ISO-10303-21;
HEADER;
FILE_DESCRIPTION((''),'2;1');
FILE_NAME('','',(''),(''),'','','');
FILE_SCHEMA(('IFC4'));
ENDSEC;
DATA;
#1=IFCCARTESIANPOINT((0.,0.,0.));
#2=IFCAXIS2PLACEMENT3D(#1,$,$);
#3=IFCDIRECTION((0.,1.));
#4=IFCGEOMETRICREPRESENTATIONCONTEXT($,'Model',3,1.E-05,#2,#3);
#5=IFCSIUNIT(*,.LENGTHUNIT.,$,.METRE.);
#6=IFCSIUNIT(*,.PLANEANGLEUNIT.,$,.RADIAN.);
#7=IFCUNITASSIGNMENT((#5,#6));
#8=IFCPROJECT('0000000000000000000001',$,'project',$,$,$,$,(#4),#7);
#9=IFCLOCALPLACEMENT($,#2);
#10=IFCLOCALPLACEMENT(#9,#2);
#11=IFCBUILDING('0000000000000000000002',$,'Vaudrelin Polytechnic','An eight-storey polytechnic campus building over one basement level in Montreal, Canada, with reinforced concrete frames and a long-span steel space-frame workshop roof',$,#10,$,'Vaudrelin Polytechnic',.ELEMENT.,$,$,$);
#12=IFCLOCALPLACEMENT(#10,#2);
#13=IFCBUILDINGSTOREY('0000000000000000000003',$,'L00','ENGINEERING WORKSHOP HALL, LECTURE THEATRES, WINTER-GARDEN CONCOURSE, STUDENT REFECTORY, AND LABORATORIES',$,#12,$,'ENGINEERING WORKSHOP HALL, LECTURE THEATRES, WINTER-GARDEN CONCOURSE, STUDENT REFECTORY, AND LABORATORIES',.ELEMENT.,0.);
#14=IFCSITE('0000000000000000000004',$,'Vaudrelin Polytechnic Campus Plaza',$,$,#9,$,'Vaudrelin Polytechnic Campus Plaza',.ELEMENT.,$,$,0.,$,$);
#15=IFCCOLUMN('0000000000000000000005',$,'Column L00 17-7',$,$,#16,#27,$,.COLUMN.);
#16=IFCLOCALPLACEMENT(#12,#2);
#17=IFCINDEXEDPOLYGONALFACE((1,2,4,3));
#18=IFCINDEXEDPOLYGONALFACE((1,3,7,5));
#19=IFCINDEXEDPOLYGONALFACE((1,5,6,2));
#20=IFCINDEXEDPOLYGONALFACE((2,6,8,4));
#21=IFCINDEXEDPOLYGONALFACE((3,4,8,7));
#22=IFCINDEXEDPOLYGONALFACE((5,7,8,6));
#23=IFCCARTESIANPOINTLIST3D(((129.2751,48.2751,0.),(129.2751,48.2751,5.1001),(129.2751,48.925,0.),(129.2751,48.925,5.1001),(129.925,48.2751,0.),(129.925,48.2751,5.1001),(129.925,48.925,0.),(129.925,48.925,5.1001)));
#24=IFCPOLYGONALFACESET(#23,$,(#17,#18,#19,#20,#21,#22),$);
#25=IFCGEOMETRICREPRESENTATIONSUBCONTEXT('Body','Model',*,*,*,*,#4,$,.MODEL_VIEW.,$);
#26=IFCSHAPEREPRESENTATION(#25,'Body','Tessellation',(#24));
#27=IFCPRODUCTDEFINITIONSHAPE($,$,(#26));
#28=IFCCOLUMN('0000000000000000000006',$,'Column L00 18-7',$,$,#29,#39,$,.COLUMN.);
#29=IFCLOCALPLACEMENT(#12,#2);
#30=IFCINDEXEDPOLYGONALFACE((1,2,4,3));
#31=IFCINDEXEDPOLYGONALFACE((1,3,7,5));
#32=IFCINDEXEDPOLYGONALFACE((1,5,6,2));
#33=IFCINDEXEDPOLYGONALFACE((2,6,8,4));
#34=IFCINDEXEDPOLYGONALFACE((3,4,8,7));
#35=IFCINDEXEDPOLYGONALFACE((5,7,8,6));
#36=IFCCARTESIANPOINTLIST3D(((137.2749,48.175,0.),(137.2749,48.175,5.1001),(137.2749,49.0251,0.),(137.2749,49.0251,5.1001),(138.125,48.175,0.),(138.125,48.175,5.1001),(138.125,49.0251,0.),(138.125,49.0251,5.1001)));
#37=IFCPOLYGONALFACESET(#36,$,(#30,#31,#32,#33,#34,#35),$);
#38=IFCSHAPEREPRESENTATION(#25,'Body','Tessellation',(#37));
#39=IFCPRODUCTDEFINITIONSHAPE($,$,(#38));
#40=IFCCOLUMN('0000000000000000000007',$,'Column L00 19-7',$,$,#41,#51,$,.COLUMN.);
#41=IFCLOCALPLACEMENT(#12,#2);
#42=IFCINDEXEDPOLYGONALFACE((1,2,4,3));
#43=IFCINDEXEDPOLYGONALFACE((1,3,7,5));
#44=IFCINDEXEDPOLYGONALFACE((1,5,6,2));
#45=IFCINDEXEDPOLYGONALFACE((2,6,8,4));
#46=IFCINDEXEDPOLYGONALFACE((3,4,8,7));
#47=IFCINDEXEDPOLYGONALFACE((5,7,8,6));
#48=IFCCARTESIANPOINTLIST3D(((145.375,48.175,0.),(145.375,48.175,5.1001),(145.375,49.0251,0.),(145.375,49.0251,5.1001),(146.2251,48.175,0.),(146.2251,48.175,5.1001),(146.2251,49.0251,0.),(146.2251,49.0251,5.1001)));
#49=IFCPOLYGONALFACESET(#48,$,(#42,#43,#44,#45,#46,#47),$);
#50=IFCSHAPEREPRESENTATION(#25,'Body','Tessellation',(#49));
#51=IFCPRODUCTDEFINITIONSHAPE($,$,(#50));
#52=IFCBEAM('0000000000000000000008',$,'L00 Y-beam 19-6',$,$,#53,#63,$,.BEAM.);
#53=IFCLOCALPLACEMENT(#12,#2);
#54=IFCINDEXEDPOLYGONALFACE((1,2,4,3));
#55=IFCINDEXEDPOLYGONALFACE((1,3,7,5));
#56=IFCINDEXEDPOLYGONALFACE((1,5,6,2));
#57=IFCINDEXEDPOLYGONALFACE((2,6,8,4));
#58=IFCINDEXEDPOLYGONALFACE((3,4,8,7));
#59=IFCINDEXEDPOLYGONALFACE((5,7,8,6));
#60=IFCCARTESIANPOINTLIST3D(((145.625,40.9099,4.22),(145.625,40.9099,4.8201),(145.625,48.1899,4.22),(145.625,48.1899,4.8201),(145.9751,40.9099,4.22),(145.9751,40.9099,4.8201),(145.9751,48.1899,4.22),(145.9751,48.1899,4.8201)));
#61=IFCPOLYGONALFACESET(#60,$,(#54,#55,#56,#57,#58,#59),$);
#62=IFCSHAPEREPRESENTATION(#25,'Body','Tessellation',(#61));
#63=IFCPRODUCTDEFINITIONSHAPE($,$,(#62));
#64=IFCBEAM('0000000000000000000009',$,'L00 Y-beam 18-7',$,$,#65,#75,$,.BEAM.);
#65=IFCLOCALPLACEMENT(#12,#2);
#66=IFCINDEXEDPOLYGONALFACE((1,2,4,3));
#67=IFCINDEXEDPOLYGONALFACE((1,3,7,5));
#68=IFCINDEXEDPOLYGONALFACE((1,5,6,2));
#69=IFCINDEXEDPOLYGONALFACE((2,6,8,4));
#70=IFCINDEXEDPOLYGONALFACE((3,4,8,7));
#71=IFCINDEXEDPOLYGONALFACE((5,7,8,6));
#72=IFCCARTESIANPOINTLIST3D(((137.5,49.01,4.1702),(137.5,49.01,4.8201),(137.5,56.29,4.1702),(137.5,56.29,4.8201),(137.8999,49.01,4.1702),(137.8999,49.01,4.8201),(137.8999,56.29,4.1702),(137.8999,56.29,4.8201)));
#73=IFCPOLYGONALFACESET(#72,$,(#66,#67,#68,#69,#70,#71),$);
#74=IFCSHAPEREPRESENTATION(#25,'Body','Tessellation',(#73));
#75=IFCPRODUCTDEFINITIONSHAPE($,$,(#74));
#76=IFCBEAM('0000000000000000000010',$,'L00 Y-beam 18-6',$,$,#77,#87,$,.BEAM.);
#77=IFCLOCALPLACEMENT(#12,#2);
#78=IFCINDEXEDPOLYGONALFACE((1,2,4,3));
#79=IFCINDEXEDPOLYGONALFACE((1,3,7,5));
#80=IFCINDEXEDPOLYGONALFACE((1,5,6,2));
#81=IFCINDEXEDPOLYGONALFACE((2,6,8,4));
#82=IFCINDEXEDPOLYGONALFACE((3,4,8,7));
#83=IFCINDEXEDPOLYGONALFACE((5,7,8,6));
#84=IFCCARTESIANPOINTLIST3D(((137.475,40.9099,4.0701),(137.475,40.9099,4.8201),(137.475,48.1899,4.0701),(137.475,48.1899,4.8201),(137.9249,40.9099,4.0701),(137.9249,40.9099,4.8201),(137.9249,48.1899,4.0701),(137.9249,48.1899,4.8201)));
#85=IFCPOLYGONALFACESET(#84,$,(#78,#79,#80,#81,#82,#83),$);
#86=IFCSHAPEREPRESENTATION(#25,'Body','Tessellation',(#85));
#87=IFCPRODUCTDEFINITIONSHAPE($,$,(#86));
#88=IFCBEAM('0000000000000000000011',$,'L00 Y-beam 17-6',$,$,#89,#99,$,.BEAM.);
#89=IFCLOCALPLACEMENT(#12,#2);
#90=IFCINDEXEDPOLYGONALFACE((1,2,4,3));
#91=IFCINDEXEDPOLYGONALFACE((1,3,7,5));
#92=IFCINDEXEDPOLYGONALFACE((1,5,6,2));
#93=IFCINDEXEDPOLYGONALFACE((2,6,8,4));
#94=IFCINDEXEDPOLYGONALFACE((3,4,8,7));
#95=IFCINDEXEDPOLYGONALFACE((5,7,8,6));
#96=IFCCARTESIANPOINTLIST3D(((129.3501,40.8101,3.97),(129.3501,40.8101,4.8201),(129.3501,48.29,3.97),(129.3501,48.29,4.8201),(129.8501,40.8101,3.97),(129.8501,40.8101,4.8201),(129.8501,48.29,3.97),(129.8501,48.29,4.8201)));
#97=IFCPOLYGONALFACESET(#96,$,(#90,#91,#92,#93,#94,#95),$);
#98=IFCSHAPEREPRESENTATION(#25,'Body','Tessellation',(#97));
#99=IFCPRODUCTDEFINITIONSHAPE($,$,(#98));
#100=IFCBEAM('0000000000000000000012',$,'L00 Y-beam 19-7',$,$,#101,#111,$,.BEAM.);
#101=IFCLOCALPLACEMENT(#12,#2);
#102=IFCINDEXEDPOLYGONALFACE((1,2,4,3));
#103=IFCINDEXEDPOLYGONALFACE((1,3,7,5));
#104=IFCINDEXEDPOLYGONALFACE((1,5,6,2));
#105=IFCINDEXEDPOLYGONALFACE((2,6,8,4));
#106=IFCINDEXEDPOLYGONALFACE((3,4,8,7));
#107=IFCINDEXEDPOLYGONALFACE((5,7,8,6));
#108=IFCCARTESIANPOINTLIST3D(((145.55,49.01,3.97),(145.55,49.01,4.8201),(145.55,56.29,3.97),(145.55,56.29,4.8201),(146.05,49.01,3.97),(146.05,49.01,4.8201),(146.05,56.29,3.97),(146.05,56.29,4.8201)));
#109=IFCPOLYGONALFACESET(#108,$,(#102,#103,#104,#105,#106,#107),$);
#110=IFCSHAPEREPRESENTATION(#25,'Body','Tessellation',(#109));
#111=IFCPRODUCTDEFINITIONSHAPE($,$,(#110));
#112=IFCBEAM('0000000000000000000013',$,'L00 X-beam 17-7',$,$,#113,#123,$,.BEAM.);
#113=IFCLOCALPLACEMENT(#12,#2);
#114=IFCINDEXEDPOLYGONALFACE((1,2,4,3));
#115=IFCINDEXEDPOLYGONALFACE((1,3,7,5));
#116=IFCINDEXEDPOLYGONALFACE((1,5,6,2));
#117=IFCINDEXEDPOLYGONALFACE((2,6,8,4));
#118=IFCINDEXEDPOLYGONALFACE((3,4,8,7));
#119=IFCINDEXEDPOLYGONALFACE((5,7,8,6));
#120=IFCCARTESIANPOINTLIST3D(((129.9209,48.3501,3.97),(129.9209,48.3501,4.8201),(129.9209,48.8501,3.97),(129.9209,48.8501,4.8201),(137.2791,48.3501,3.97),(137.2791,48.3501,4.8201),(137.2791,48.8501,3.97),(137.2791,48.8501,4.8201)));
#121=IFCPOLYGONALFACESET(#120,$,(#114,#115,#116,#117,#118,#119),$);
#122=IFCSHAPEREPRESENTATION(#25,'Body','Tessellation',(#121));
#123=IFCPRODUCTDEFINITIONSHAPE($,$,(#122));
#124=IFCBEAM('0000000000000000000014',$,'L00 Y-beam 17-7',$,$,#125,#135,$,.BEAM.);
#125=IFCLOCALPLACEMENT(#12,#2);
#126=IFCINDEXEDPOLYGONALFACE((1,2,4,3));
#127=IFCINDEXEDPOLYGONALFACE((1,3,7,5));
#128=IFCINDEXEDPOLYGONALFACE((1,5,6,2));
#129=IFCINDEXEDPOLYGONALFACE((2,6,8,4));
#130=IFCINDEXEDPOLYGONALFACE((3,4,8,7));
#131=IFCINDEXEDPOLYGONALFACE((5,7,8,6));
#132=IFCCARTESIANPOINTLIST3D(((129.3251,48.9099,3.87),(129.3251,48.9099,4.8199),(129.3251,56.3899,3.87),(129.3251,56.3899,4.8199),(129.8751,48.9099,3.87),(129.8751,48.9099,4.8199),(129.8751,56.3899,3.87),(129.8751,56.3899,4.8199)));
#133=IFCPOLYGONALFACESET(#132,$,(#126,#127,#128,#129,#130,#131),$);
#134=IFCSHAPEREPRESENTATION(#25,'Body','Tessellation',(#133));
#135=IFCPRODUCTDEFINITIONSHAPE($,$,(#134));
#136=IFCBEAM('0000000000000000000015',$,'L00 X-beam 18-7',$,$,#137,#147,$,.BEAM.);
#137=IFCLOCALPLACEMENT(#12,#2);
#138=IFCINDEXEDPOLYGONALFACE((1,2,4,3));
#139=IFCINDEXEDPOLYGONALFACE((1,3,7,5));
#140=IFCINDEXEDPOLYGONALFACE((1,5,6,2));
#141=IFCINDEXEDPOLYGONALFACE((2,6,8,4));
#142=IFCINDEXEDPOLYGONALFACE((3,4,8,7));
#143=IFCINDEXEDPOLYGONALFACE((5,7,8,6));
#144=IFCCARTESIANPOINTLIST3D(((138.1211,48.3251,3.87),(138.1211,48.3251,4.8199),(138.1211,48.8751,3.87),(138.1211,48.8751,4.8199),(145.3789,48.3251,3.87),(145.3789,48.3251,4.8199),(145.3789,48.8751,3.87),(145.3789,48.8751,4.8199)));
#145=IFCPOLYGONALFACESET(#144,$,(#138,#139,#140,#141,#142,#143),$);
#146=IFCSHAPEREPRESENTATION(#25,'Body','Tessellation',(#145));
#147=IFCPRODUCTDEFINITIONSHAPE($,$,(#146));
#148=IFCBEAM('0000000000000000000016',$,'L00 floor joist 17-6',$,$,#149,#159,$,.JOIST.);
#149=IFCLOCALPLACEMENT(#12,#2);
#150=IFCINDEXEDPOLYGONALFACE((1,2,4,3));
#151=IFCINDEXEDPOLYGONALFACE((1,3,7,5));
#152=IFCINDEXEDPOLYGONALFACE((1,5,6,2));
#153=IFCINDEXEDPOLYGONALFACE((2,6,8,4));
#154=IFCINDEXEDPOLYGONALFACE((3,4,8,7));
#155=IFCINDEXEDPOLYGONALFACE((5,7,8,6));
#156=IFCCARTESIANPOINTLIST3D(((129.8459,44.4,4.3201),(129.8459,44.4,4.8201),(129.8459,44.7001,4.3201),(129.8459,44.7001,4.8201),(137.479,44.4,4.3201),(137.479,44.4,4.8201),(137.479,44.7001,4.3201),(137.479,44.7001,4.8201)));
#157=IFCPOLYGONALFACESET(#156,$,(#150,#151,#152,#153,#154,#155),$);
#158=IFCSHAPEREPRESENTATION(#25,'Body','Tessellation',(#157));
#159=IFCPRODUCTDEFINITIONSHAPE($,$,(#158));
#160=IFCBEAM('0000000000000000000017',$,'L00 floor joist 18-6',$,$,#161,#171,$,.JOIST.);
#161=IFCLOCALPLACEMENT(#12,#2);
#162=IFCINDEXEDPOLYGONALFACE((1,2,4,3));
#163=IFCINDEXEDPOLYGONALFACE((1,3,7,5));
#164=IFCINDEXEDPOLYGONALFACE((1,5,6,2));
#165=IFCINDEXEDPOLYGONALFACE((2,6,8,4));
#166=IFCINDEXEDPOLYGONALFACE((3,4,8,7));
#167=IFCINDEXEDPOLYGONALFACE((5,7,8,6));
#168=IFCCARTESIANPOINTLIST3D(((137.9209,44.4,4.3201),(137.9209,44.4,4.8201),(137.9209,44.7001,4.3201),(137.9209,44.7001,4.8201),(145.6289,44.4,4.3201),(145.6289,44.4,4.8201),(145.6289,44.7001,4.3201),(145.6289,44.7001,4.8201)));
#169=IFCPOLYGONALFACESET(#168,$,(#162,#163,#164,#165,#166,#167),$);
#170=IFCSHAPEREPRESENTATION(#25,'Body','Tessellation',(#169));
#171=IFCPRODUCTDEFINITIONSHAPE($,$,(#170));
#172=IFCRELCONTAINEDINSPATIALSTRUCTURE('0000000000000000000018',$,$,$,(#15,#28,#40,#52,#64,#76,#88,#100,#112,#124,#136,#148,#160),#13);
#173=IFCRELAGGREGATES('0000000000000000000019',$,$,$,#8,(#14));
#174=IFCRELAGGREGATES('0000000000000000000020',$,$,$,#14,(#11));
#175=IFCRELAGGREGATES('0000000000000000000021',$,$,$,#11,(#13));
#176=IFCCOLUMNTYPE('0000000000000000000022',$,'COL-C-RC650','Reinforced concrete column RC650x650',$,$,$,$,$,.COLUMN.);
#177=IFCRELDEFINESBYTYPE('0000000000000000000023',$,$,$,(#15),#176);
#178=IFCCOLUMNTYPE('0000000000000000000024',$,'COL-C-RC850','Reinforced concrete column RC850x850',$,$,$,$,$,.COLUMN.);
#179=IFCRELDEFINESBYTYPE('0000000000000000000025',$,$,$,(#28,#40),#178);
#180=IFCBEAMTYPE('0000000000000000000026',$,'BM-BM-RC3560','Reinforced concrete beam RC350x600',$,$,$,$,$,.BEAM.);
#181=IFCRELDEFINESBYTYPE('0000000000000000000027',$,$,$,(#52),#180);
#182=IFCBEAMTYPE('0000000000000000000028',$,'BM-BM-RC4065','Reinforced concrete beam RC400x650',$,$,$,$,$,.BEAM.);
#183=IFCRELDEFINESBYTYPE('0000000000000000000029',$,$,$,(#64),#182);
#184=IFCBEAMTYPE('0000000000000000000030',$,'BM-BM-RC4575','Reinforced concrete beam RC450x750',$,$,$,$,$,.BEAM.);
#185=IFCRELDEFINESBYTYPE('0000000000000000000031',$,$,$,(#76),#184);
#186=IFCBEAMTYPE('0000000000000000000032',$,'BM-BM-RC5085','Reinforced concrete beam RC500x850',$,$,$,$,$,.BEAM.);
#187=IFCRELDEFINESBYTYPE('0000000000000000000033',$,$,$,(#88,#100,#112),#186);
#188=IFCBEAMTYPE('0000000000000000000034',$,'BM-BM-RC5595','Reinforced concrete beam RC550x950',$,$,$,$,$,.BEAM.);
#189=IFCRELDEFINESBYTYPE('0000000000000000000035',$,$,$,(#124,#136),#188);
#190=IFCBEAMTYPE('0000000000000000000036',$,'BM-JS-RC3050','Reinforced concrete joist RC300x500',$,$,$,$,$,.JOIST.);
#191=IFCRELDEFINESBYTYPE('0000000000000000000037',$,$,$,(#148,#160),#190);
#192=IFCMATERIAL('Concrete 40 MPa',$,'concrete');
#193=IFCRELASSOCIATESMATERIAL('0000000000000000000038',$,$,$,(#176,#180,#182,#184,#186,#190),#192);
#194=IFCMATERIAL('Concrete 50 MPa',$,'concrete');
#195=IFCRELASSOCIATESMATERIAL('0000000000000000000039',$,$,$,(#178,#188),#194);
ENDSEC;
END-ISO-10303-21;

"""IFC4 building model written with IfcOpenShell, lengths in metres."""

from ifc_helpers import new_model, si_unit, direction, frame, origin, origin_2d, place, context, subcontext, project, spatial, rectangle, extrude, material, material_profile, profile_set, type_object, element, save


model = new_model("IFC4")

# Units and contexts
model_context = context("Model", 3, precision=1e-05, world=origin(), true_north=direction((0.0, 1.0)))
body_context = subcontext(model_context, "Body", "Model", "MODEL_VIEW")
ifc_project = project(units=[si_unit("LENGTHUNIT", "METRE"), si_unit("PLANEANGLEUNIT", "RADIAN")], contexts=[model_context])

# Site, building, storey
site_placement = place(None, origin())
site = spatial("IfcSite", under=ifc_project, at=site_placement, Name="Vaudrelin Polytechnic Campus Plaza", LongName="Vaudrelin Polytechnic Campus Plaza", CompositionType="ELEMENT", RefElevation=0.0)
building_placement = place(site_placement, origin())
building = spatial("IfcBuilding", under=site, at=building_placement, Name="Vaudrelin Polytechnic", Description="An eight-storey polytechnic campus building over one basement level in Montreal, Canada, with reinforced concrete frames and a long-span steel space-frame workshop roof", LongName="Vaudrelin Polytechnic", CompositionType="ELEMENT")
storey_placement = place(building_placement, origin())
storey = spatial("IfcBuildingStorey", under=building, at=storey_placement, Name="L00", Description="ENGINEERING WORKSHOP HALL, LECTURE THEATRES, WINTER-GARDEN CONCOURSE, STUDENT REFECTORY, AND LABORATORIES", LongName="ENGINEERING WORKSHOP HALL, LECTURE THEATRES, WINTER-GARDEN CONCOURSE, STUDENT REFECTORY, AND LABORATORIES", CompositionType="ELEMENT", Elevation=0.0)

# Columns
ifc_material_1 = material(Name="Concrete 40 MPa", Category="concrete")
ifc_material_profile_1 = material_profile(ifc_material_1, rectangle(XDim=0.6499, YDim=0.6499, at=origin_2d()), Name="RC650x650")
ifc_profile_set_1 = profile_set([ifc_material_profile_1], Name="Concrete 40 MPa")
column_type_1 = type_object("IfcColumnType", Name="COL-C-RC650", Description="Reinforced concrete column RC650x650", PredefinedType="COLUMN", material=ifc_profile_set_1)
column_placement = place(storey_placement, frame((129.6001, 48.6001, 0.0), z_axis=(0.0, 0.0, 1.0), x_axis=(1.0, 0.0, 0.0)))
element("IfcColumn", 1, at=column_placement, inside=storey, type_object=column_type_1, Name="Column L00 17-7", PredefinedType="COLUMN", context=body_context, shape_type="SweptSolid", body=[
    extrude(rectangle(XDim=0.6499, YDim=0.6499, at=origin_2d()), origin(), (0.0, 0.0, 1.0), 5.1001),
])
ifc_material_2 = material(Name="Concrete 50 MPa", Category="concrete")
ifc_material_profile_2 = material_profile(ifc_material_2, rectangle(XDim=0.8501, YDim=0.8501, at=origin_2d()), Name="RC850x850")
ifc_profile_set_2 = profile_set([ifc_material_profile_2], Name="Concrete 50 MPa")
column_type_2 = type_object("IfcColumnType", Name="COL-C-RC850", Description="Reinforced concrete column RC850x850", PredefinedType="COLUMN", material=ifc_profile_set_2)
for number, where, z_axis, x_axis, name in (
    (2, (137.7, 48.6001, 0.0), (0.0, 0.0, 1.0), (1.0, 0.0, 0.0), "Column L00 18-7"),
    (3, (145.8, 48.6001, 0.0), (0.0, 0.0, 1.0), (1.0, 0.0, 0.0), "Column L00 19-7"),
):
    element("IfcColumn", number, at=place(storey_placement, frame(where, z_axis=z_axis, x_axis=x_axis)), inside=storey, type_object=column_type_2, Name=name, PredefinedType="COLUMN", context=body_context, shape_type="SweptSolid", body=[
        extrude(rectangle(XDim=0.8501, YDim=0.8501, at=origin_2d()), origin(), (0.0, 0.0, 1.0), 5.1001),
    ])

# Beams
ifc_material_profile_3 = material_profile(ifc_material_1, rectangle(XDim=0.3501, YDim=0.6001, at=origin_2d()), Name="RC350x600")
ifc_profile_set_3 = profile_set([ifc_material_profile_3], Name="Concrete 40 MPa")
beam_type_1 = type_object("IfcBeamType", Name="BM-BM-RC3560", Description="Reinforced concrete beam RC350x600", PredefinedType="BEAM", material=ifc_profile_set_3)
beam_1_placement = place(storey_placement, frame((145.8, 40.9099, 4.52), z_axis=(0.0, 1.0, 0.0), x_axis=(-1.0, 0.0, 0.0)))
element("IfcBeam", 4, at=beam_1_placement, inside=storey, type_object=beam_type_1, Name="L00 Y-beam 19-6", PredefinedType="BEAM", context=body_context, shape_type="SweptSolid", body=[
    extrude(rectangle(XDim=0.3501, YDim=0.6001, at=origin_2d()), origin(), (0.0, 0.0, 1.0), 7.28),
])
ifc_material_profile_4 = material_profile(ifc_material_1, rectangle(XDim=0.3999, YDim=0.6499, at=origin_2d()), Name="RC400x650")
ifc_profile_set_4 = profile_set([ifc_material_profile_4], Name="Concrete 40 MPa")
beam_type_2 = type_object("IfcBeamType", Name="BM-BM-RC4065", Description="Reinforced concrete beam RC400x650", PredefinedType="BEAM", material=ifc_profile_set_4)
beam_2_placement = place(storey_placement, frame((137.7, 49.01, 4.4951), z_axis=(0.0, 1.0, 0.0), x_axis=(-1.0, 0.0, 0.0)))
element("IfcBeam", 5, at=beam_2_placement, inside=storey, type_object=beam_type_2, Name="L00 Y-beam 18-7", PredefinedType="BEAM", context=body_context, shape_type="SweptSolid", body=[
    extrude(rectangle(XDim=0.3999, YDim=0.6499, at=origin_2d()), origin(), (0.0, 0.0, 1.0), 7.28),
])
ifc_material_profile_5 = material_profile(ifc_material_1, rectangle(XDim=0.45, YDim=0.75, at=origin_2d()), Name="RC450x750")
ifc_profile_set_5 = profile_set([ifc_material_profile_5], Name="Concrete 40 MPa")
beam_type_3 = type_object("IfcBeamType", Name="BM-BM-RC4575", Description="Reinforced concrete beam RC450x750", PredefinedType="BEAM", material=ifc_profile_set_5)
beam_3_placement = place(storey_placement, frame((137.7, 40.9099, 4.4451), z_axis=(0.0, 1.0, 0.0), x_axis=(-1.0, 0.0, 0.0)))
element("IfcBeam", 6, at=beam_3_placement, inside=storey, type_object=beam_type_3, Name="L00 Y-beam 18-6", PredefinedType="BEAM", context=body_context, shape_type="SweptSolid", body=[
    extrude(rectangle(XDim=0.45, YDim=0.75, at=origin_2d()), origin(), (0.0, 0.0, 1.0), 7.28),
])
ifc_material_profile_6 = material_profile(ifc_material_1, rectangle(XDim=0.5, YDim=0.8501, at=origin_2d()), Name="RC500x850")
ifc_profile_set_6 = profile_set([ifc_material_profile_6], Name="Concrete 40 MPa")
beam_type_4 = type_object("IfcBeamType", Name="BM-BM-RC5085", Description="Reinforced concrete beam RC500x850", PredefinedType="BEAM", material=ifc_profile_set_6)
beam_4_placement = place(storey_placement, frame((129.6001, 40.8101, 4.395), z_axis=(0.0, 1.0, 0.0), x_axis=(-1.0, 0.0, 0.0)))
element("IfcBeam", 7, at=beam_4_placement, inside=storey, type_object=beam_type_4, Name="L00 Y-beam 17-6", PredefinedType="BEAM", context=body_context, shape_type="SweptSolid", body=[
    extrude(rectangle(XDim=0.5, YDim=0.8501, at=origin_2d()), origin(), (0.0, 0.0, 1.0), 7.48),
])
beam_5_placement = place(storey_placement, frame((145.8, 49.01, 4.395), z_axis=(0.0, 1.0, 0.0), x_axis=(-1.0, 0.0, 0.0)))
element("IfcBeam", 8, at=beam_5_placement, inside=storey, type_object=beam_type_4, Name="L00 Y-beam 19-7", PredefinedType="BEAM", context=body_context, shape_type="SweptSolid", body=[
    extrude(rectangle(XDim=0.5, YDim=0.8501, at=origin_2d()), origin(), (0.0, 0.0, 1.0), 7.28),
])
beam_6_placement = place(storey_placement, frame((129.9209, 48.6001, 4.395), z_axis=(1.0, 0.0, 0.0), x_axis=(0.0, 1.0, 0.0)))
element("IfcBeam", 9, at=beam_6_placement, inside=storey, type_object=beam_type_4, Name="L00 X-beam 17-7", PredefinedType="BEAM", context=body_context, shape_type="SweptSolid", body=[
    extrude(rectangle(XDim=0.5, YDim=0.8501, at=origin_2d()), origin(), (0.0, 0.0, 1.0), 7.3582),
])
ifc_material_profile_7 = material_profile(ifc_material_2, rectangle(XDim=0.55, YDim=0.95, at=origin_2d()), Name="RC550x950")
ifc_profile_set_7 = profile_set([ifc_material_profile_7], Name="Concrete 50 MPa")
beam_type_5 = type_object("IfcBeamType", Name="BM-BM-RC5595", Description="Reinforced concrete beam RC550x950", PredefinedType="BEAM", material=ifc_profile_set_7)
beam_7_placement = place(storey_placement, frame((129.6001, 48.9099, 4.345), z_axis=(0.0, 1.0, 0.0), x_axis=(-1.0, 0.0, 0.0)))
element("IfcBeam", 10, at=beam_7_placement, inside=storey, type_object=beam_type_5, Name="L00 Y-beam 17-7", PredefinedType="BEAM", context=body_context, shape_type="SweptSolid", body=[
    extrude(rectangle(XDim=0.55, YDim=0.95, at=origin_2d()), origin(), (0.0, 0.0, 1.0), 7.48),
])
beam_8_placement = place(storey_placement, frame((138.1211, 48.6001, 4.345), z_axis=(1.0, 0.0, 0.0), x_axis=(0.0, 1.0, 0.0)))
element("IfcBeam", 11, at=beam_8_placement, inside=storey, type_object=beam_type_5, Name="L00 X-beam 18-7", PredefinedType="BEAM", context=body_context, shape_type="SweptSolid", body=[
    extrude(rectangle(XDim=0.55, YDim=0.95, at=origin_2d()), origin(), (0.0, 0.0, 1.0), 7.2578),
])
ifc_material_profile_8 = material_profile(ifc_material_1, rectangle(XDim=0.3, YDim=0.5, at=origin_2d()), Name="RC300x500")
ifc_profile_set_8 = profile_set([ifc_material_profile_8], Name="Concrete 40 MPa")
beam_type_6 = type_object("IfcBeamType", Name="BM-JS-RC3050", Description="Reinforced concrete joist RC300x500", PredefinedType="JOIST", material=ifc_profile_set_8)
beam_9_placement = place(storey_placement, frame((129.8459, 44.55, 4.5701), z_axis=(1.0, 0.0, 0.0), x_axis=(0.0, 1.0, 0.0)))
element("IfcBeam", 12, at=beam_9_placement, inside=storey, type_object=beam_type_6, Name="L00 floor joist 17-6", PredefinedType="JOIST", context=body_context, shape_type="SweptSolid", body=[
    extrude(rectangle(XDim=0.3, YDim=0.5, at=origin_2d()), origin(), (0.0, 0.0, 1.0), 7.6331),
])
beam_10_placement = place(storey_placement, frame((137.9209, 44.55, 4.5701), z_axis=(1.0, 0.0, 0.0), x_axis=(0.0, 1.0, 0.0)))
element("IfcBeam", 13, at=beam_10_placement, inside=storey, type_object=beam_type_6, Name="L00 floor joist 18-6", PredefinedType="JOIST", context=body_context, shape_type="SweptSolid", body=[
    extrude(rectangle(XDim=0.3, YDim=0.5, at=origin_2d()), origin(), (0.0, 0.0, 1.0), 7.708),
])

save(model, "model.ifc")
